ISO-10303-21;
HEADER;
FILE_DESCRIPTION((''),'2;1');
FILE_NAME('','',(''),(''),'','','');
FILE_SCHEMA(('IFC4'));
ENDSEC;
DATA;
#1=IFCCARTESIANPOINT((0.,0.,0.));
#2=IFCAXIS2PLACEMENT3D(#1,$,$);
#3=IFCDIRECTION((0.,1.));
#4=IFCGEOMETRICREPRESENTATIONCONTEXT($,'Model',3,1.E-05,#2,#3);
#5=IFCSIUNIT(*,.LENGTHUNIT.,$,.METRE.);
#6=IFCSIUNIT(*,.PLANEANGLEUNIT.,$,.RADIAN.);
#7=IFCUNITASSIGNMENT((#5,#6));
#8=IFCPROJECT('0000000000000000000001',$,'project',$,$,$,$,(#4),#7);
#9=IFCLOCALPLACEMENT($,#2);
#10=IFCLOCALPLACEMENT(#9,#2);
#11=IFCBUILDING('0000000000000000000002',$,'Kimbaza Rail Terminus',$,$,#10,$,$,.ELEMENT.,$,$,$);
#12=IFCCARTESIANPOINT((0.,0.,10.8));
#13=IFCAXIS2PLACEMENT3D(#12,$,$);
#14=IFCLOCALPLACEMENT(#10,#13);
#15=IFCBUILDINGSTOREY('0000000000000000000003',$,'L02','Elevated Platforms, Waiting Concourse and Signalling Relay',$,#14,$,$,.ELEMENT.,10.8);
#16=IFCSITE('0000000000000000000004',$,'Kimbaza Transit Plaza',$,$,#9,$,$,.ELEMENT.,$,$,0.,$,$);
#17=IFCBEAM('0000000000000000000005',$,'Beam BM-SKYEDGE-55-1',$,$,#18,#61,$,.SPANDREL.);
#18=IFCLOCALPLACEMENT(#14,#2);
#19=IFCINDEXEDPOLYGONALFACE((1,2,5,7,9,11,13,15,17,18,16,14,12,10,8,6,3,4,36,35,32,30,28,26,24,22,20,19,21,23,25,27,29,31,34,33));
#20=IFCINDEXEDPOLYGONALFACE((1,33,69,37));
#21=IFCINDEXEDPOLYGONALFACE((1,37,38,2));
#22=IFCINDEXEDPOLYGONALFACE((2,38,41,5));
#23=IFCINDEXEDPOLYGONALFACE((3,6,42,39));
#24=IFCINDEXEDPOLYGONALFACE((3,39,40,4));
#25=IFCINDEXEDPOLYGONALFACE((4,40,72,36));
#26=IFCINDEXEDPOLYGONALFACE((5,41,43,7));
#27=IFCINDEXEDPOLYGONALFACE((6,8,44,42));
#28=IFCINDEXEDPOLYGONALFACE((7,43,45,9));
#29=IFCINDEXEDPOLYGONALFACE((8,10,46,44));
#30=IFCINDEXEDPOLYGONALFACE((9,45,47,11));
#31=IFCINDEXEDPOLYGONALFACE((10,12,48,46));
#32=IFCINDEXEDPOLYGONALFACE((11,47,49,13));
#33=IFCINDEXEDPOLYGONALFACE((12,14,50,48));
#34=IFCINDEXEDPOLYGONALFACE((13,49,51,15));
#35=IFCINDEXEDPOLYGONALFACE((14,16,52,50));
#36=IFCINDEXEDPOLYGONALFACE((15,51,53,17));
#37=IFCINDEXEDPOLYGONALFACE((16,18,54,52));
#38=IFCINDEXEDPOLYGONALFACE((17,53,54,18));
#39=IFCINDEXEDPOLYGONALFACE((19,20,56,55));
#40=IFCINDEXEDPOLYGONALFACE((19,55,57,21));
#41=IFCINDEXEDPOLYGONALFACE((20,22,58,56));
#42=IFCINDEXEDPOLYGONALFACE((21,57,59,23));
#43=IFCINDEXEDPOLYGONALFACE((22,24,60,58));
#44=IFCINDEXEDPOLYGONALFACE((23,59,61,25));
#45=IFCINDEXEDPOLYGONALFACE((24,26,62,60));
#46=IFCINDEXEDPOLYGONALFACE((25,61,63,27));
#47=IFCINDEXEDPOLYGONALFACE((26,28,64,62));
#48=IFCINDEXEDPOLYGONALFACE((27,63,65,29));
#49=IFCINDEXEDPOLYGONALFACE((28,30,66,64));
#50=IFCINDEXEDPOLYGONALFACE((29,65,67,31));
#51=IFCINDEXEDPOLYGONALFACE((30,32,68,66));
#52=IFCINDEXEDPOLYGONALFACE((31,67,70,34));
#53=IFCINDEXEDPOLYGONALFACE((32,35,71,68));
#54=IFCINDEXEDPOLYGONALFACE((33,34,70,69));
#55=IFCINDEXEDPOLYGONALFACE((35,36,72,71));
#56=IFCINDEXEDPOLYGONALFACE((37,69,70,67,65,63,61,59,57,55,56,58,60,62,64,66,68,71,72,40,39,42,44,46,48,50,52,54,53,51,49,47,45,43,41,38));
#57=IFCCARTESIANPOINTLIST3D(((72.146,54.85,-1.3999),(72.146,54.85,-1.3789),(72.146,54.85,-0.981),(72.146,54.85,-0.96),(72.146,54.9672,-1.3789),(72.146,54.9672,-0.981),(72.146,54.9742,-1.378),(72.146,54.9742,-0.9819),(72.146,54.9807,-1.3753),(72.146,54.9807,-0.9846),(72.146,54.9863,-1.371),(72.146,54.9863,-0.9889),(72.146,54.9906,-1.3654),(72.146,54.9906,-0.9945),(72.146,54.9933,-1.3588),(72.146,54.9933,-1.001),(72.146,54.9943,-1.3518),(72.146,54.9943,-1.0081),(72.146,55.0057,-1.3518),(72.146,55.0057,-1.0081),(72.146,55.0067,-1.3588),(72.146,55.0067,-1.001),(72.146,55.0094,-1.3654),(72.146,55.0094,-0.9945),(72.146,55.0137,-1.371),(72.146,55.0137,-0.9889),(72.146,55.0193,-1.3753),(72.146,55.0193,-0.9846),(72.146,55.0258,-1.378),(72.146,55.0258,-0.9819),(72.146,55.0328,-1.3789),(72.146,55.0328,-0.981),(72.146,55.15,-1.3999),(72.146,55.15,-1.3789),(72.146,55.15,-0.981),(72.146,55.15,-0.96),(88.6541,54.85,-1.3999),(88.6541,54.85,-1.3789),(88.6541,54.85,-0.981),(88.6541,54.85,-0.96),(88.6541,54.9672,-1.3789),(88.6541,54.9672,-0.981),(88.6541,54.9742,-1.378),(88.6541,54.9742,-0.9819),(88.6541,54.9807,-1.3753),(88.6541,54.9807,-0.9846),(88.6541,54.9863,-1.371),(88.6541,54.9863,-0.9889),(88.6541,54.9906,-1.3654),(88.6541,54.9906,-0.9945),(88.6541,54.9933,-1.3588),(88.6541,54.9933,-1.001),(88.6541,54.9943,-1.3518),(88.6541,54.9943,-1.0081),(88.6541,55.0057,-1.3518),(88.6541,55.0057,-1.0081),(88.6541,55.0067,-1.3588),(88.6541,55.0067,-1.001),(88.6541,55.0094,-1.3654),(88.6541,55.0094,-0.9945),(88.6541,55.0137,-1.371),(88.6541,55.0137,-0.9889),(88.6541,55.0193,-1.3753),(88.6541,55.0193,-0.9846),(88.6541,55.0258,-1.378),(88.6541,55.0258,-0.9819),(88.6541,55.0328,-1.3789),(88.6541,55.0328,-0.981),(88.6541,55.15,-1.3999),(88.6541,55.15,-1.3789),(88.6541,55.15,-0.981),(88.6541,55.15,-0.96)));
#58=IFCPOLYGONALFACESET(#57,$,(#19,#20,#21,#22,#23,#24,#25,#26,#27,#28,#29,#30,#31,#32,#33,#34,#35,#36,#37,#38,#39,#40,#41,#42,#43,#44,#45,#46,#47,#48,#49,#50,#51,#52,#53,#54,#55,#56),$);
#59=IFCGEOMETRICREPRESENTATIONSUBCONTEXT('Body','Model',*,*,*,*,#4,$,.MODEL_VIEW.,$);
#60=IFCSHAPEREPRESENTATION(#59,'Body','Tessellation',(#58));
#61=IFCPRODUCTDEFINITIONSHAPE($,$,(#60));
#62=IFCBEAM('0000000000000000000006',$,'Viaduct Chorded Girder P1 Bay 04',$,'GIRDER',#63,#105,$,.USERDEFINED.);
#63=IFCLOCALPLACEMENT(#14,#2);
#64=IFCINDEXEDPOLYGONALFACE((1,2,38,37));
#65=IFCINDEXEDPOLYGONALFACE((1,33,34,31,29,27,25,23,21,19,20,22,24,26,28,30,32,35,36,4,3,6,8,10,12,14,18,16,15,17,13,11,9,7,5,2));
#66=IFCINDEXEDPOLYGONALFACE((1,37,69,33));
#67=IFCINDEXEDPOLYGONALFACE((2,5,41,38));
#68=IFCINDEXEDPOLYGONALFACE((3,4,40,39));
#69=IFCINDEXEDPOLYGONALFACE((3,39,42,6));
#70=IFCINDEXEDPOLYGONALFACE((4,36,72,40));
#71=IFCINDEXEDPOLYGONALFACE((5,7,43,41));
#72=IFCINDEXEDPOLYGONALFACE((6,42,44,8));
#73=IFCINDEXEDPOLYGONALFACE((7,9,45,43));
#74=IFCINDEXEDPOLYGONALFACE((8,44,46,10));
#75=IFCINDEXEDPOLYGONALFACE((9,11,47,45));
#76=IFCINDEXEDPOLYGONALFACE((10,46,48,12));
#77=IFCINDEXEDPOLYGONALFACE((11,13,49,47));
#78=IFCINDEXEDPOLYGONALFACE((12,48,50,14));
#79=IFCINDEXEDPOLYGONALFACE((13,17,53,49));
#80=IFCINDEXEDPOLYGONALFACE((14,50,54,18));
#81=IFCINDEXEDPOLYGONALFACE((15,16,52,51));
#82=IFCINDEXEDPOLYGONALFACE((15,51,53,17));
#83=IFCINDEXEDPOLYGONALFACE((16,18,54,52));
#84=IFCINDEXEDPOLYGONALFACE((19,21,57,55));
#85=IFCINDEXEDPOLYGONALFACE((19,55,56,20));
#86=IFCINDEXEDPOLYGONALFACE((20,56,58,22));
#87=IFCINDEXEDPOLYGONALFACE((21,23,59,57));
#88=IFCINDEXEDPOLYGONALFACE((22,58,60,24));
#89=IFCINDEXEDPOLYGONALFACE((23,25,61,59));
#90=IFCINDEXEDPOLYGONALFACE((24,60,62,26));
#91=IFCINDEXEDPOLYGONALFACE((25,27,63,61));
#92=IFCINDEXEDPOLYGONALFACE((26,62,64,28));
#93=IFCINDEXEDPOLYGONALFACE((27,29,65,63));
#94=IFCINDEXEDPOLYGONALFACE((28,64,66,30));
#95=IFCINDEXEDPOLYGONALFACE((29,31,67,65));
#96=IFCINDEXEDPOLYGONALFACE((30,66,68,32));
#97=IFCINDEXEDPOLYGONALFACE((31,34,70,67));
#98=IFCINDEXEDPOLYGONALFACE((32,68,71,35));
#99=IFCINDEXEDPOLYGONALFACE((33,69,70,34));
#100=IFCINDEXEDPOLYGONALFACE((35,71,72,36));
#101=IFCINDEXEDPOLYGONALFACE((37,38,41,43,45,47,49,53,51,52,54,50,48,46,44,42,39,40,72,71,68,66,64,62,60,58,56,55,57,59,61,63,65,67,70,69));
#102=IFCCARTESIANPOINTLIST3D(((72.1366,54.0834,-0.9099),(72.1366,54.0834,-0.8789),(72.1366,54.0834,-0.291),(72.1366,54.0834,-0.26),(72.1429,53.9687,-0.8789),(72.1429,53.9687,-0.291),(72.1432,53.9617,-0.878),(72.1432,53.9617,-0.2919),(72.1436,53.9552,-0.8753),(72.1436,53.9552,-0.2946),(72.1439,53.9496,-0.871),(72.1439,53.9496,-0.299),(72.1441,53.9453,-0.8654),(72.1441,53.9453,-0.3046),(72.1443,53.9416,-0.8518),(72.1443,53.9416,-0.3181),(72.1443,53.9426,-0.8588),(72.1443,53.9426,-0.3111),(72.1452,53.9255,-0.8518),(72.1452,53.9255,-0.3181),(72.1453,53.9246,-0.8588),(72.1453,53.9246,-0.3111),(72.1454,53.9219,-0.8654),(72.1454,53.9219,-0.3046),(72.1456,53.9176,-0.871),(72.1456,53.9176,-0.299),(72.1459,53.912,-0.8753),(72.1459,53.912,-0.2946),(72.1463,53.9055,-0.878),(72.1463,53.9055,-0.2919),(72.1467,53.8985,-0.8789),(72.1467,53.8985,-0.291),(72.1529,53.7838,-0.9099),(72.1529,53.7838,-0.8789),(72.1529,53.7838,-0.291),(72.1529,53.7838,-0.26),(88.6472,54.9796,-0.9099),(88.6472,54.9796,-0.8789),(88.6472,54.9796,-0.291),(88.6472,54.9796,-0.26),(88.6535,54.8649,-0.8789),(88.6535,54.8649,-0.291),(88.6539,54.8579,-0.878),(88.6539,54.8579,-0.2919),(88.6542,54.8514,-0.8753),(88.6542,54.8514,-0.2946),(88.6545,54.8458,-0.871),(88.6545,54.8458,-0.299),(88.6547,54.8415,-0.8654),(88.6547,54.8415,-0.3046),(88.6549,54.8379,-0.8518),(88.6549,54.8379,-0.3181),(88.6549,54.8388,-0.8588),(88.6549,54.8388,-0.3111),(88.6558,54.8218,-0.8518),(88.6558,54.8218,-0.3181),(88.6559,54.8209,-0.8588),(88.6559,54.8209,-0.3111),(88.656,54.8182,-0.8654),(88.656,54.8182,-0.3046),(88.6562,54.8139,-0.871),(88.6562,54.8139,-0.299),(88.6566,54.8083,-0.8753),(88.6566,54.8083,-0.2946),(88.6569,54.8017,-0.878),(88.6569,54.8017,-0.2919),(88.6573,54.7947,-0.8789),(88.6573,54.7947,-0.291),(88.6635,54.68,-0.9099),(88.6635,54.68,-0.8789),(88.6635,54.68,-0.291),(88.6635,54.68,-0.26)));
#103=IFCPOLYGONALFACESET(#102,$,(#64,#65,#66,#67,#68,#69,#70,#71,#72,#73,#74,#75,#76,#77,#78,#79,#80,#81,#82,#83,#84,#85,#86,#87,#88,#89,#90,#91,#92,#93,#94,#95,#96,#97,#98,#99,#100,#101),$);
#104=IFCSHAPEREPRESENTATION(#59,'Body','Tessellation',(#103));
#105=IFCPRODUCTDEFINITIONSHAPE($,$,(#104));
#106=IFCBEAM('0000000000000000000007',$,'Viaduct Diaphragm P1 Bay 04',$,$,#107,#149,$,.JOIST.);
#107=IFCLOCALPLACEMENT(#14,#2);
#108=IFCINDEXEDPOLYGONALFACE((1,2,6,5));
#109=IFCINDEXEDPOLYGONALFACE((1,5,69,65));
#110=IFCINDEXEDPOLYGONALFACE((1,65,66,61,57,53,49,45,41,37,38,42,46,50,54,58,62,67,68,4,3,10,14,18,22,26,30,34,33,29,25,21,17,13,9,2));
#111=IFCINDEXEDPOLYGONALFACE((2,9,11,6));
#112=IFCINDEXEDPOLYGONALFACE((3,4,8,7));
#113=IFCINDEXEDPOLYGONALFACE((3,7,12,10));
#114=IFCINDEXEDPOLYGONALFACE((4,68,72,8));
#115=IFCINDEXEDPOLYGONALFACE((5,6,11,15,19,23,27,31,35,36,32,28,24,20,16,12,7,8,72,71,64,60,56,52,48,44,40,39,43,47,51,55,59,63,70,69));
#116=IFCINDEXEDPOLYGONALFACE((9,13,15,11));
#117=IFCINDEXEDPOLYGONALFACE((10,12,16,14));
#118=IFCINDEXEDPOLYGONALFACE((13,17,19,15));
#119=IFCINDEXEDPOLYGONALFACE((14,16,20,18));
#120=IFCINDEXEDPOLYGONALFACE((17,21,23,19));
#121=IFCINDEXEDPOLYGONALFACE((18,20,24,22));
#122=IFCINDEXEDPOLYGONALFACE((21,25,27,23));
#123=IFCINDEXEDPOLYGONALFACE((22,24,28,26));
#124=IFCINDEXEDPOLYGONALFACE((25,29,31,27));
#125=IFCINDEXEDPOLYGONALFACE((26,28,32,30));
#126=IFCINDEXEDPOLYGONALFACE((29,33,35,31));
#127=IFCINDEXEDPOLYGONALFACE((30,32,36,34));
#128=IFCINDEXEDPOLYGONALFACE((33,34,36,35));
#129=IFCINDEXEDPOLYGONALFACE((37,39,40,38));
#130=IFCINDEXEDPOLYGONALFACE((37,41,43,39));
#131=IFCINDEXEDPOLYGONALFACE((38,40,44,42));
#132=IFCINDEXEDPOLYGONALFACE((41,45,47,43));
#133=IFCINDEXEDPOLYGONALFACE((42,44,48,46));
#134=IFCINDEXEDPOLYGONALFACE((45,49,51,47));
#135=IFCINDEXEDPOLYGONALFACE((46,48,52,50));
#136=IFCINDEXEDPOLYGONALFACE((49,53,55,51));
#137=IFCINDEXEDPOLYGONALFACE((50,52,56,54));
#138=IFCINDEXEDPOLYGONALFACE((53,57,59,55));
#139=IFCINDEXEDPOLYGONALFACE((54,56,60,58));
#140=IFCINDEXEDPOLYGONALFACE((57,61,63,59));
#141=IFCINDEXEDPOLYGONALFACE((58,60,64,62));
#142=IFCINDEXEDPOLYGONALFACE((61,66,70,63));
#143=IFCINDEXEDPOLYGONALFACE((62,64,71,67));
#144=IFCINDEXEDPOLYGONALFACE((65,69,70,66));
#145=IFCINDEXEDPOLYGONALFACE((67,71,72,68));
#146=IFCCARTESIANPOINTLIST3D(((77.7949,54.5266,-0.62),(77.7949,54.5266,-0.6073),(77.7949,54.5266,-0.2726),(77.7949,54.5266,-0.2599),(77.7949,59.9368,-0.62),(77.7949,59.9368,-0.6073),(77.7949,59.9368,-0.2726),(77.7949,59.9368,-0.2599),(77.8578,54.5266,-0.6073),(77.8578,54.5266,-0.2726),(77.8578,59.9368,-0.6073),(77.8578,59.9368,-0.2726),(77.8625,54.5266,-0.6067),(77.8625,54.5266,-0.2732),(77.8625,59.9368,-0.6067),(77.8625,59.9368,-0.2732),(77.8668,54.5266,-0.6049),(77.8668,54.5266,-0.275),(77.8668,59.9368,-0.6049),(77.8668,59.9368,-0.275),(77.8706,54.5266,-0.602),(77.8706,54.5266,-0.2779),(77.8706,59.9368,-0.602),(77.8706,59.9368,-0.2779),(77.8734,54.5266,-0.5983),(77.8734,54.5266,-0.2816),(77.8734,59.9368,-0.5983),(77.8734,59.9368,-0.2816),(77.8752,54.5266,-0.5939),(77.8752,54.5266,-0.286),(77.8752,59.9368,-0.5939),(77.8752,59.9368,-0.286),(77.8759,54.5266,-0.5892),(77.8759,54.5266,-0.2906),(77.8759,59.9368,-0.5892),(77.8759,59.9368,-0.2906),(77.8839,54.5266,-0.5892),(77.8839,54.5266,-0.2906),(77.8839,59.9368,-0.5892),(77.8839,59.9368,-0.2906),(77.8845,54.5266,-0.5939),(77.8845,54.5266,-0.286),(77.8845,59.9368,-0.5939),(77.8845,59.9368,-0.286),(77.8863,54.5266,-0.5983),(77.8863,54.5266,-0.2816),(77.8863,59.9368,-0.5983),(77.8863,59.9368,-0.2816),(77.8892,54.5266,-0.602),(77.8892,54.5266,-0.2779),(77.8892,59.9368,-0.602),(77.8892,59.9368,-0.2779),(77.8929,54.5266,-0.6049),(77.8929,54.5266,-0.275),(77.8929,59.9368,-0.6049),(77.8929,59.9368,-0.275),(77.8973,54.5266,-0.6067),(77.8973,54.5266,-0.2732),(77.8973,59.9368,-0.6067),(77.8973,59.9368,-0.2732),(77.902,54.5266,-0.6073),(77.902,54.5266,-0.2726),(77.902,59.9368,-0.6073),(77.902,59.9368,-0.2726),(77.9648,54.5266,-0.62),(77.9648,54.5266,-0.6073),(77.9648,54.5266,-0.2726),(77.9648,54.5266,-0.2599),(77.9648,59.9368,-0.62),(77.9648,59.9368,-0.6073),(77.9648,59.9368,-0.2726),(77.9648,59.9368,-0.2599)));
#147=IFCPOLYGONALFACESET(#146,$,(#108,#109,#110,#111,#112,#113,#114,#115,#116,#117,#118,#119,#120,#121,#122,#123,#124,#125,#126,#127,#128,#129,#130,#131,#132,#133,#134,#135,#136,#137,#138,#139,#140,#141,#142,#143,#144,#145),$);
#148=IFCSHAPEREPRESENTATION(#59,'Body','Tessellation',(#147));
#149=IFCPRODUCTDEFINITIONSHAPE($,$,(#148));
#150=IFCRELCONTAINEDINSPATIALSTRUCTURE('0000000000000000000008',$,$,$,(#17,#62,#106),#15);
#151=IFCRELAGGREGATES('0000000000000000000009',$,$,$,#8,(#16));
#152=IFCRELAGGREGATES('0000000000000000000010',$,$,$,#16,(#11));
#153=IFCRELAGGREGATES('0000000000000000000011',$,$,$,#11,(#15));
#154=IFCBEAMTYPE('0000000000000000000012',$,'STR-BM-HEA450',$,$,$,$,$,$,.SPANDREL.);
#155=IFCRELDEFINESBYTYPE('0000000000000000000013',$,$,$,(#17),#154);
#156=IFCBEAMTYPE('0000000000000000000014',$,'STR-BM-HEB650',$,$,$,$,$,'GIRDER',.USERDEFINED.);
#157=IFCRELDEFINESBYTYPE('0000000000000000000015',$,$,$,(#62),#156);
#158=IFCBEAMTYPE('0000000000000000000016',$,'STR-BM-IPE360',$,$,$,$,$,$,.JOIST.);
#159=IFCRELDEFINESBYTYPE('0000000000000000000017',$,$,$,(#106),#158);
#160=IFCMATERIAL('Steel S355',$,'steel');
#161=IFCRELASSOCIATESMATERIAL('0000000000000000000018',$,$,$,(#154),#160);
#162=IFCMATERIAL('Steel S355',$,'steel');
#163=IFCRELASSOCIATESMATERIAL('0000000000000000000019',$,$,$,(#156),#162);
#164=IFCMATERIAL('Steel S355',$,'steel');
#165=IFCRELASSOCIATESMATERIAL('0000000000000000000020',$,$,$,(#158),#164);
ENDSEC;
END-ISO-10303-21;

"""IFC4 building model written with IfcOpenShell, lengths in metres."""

from ifc_helpers import new_model, si_unit, direction, frame, origin, origin_2d, place, context, subcontext, project, spatial, i_section, extrude, material, material_profile, profile_set, type_object, element, save


model = new_model("IFC4")

# Units and contexts
model_context = context("Model", 3, precision=1e-05, world=origin(), true_north=direction((0.0, 1.0)))
body_context = subcontext(model_context, "Body", "Model", "MODEL_VIEW")
ifc_project = project(units=[si_unit("LENGTHUNIT", "METRE"), si_unit("PLANEANGLEUNIT", "RADIAN")], contexts=[model_context])

# Site, building, storey
site_placement = place(None, origin())
site = spatial("IfcSite", under=ifc_project, at=site_placement, Name="Kimbaza Transit Plaza", CompositionType="ELEMENT", RefElevation=0.0)
building_placement = place(site_placement, origin())
building = spatial("IfcBuilding", under=site, at=building_placement, Name="Kimbaza Rail Terminus", CompositionType="ELEMENT")
storey_placement = place(building_placement, frame((0.0, 0.0, 10.8)))
storey = spatial("IfcBuildingStorey", under=building, at=storey_placement, Name="L02", Description="Elevated Platforms, Waiting Concourse and Signalling Relay", CompositionType="ELEMENT", Elevation=10.8)

# Beams
ifc_material_1 = material(Name="Steel S355", Category="steel")
ifc_material_profile_1 = material_profile(ifc_material_1, i_section(OverallWidth=0.3, OverallDepth=0.4399, WebThickness=0.0115, FlangeThickness=0.021, FilletRadius=0.0271, at=origin_2d()), Name="HEA 450")
ifc_profile_set_1 = profile_set([ifc_material_profile_1], Name="Steel S355")
beam_type_1 = type_object("IfcBeamType", Name="STR-BM-HEA450", PredefinedType="SPANDREL", material=ifc_profile_set_1)
beam_1_placement = place(storey_placement, frame((72.146, 55.0, -1.1799), z_axis=(1.0, 0.0, 0.0), x_axis=(0.0, 1.0, 0.0)))
element("IfcBeam", 1, at=beam_1_placement, inside=storey, type_object=beam_type_1, Name="Beam BM-SKYEDGE-55-1", PredefinedType="SPANDREL", context=body_context, shape_type="SweptSolid", body=[
    extrude(i_section(OverallWidth=0.3, OverallDepth=0.4399, WebThickness=0.0115, FlangeThickness=0.021, FilletRadius=0.0271, at=origin_2d()), origin(), (0.0, 0.0, 1.0), 16.5081),
])
ifc_material_2 = material(Name="Steel S355", Category="steel")
ifc_material_profile_2 = material_profile(ifc_material_2, i_section(OverallWidth=0.3, OverallDepth=0.6499, WebThickness=0.0161, FlangeThickness=0.031, FilletRadius=0.0271, at=origin_2d()), Name="HEB 650")
ifc_profile_set_2 = profile_set([ifc_material_profile_2], Name="Steel S355")
beam_type_2 = type_object("IfcBeamType", Name="STR-BM-HEB650", ElementType="GIRDER", PredefinedType="USERDEFINED", material=ifc_profile_set_2)
beam_2_placement = place(storey_placement, frame((72.1448, 53.9336, -0.585), z_axis=(0.99853, 0.054203, 0.0), x_axis=(-0.054203, 0.99853, 0.0)))
element("IfcBeam", 2, at=beam_2_placement, inside=storey, type_object=beam_type_2, Name="Viaduct Chorded Girder P1 Bay 04", ObjectType="GIRDER", PredefinedType="USERDEFINED", context=body_context, shape_type="SweptSolid", body=[
    extrude(i_section(OverallWidth=0.3, OverallDepth=0.6499, WebThickness=0.0161, FlangeThickness=0.031, FilletRadius=0.0271, at=origin_2d()), origin(), (0.0, 0.0, 1.0), 16.5349),
])
ifc_material_3 = material(Name="Steel S355", Category="steel")
ifc_material_profile_3 = material_profile(ifc_material_3, i_section(OverallWidth=0.1699, OverallDepth=0.3601, WebThickness=0.0081, FlangeThickness=0.0127, FilletRadius=0.0181, at=origin_2d()), Name="IPE 360")
ifc_profile_set_3 = profile_set([ifc_material_profile_3], Name="Steel S355")
beam_type_3 = type_object("IfcBeamType", Name="STR-BM-IPE360", PredefinedType="JOIST", material=ifc_profile_set_3)
beam_3_placement = place(storey_placement, frame((77.8799, 54.5266, -0.4399), z_axis=(0.0, 1.0, 0.0), x_axis=(-1.0, 0.0, 0.0)))
element("IfcBeam", 3, at=beam_3_placement, inside=storey, type_object=beam_type_3, Name="Viaduct Diaphragm P1 Bay 04", PredefinedType="JOIST", context=body_context, shape_type="SweptSolid", body=[
    extrude(i_section(OverallWidth=0.1699, OverallDepth=0.3601, WebThickness=0.0081, FlangeThickness=0.0127, FilletRadius=0.0181, at=origin_2d()), origin(), (0.0, 0.0, 1.0), 5.4102),
])

save(model, "model.ifc")
